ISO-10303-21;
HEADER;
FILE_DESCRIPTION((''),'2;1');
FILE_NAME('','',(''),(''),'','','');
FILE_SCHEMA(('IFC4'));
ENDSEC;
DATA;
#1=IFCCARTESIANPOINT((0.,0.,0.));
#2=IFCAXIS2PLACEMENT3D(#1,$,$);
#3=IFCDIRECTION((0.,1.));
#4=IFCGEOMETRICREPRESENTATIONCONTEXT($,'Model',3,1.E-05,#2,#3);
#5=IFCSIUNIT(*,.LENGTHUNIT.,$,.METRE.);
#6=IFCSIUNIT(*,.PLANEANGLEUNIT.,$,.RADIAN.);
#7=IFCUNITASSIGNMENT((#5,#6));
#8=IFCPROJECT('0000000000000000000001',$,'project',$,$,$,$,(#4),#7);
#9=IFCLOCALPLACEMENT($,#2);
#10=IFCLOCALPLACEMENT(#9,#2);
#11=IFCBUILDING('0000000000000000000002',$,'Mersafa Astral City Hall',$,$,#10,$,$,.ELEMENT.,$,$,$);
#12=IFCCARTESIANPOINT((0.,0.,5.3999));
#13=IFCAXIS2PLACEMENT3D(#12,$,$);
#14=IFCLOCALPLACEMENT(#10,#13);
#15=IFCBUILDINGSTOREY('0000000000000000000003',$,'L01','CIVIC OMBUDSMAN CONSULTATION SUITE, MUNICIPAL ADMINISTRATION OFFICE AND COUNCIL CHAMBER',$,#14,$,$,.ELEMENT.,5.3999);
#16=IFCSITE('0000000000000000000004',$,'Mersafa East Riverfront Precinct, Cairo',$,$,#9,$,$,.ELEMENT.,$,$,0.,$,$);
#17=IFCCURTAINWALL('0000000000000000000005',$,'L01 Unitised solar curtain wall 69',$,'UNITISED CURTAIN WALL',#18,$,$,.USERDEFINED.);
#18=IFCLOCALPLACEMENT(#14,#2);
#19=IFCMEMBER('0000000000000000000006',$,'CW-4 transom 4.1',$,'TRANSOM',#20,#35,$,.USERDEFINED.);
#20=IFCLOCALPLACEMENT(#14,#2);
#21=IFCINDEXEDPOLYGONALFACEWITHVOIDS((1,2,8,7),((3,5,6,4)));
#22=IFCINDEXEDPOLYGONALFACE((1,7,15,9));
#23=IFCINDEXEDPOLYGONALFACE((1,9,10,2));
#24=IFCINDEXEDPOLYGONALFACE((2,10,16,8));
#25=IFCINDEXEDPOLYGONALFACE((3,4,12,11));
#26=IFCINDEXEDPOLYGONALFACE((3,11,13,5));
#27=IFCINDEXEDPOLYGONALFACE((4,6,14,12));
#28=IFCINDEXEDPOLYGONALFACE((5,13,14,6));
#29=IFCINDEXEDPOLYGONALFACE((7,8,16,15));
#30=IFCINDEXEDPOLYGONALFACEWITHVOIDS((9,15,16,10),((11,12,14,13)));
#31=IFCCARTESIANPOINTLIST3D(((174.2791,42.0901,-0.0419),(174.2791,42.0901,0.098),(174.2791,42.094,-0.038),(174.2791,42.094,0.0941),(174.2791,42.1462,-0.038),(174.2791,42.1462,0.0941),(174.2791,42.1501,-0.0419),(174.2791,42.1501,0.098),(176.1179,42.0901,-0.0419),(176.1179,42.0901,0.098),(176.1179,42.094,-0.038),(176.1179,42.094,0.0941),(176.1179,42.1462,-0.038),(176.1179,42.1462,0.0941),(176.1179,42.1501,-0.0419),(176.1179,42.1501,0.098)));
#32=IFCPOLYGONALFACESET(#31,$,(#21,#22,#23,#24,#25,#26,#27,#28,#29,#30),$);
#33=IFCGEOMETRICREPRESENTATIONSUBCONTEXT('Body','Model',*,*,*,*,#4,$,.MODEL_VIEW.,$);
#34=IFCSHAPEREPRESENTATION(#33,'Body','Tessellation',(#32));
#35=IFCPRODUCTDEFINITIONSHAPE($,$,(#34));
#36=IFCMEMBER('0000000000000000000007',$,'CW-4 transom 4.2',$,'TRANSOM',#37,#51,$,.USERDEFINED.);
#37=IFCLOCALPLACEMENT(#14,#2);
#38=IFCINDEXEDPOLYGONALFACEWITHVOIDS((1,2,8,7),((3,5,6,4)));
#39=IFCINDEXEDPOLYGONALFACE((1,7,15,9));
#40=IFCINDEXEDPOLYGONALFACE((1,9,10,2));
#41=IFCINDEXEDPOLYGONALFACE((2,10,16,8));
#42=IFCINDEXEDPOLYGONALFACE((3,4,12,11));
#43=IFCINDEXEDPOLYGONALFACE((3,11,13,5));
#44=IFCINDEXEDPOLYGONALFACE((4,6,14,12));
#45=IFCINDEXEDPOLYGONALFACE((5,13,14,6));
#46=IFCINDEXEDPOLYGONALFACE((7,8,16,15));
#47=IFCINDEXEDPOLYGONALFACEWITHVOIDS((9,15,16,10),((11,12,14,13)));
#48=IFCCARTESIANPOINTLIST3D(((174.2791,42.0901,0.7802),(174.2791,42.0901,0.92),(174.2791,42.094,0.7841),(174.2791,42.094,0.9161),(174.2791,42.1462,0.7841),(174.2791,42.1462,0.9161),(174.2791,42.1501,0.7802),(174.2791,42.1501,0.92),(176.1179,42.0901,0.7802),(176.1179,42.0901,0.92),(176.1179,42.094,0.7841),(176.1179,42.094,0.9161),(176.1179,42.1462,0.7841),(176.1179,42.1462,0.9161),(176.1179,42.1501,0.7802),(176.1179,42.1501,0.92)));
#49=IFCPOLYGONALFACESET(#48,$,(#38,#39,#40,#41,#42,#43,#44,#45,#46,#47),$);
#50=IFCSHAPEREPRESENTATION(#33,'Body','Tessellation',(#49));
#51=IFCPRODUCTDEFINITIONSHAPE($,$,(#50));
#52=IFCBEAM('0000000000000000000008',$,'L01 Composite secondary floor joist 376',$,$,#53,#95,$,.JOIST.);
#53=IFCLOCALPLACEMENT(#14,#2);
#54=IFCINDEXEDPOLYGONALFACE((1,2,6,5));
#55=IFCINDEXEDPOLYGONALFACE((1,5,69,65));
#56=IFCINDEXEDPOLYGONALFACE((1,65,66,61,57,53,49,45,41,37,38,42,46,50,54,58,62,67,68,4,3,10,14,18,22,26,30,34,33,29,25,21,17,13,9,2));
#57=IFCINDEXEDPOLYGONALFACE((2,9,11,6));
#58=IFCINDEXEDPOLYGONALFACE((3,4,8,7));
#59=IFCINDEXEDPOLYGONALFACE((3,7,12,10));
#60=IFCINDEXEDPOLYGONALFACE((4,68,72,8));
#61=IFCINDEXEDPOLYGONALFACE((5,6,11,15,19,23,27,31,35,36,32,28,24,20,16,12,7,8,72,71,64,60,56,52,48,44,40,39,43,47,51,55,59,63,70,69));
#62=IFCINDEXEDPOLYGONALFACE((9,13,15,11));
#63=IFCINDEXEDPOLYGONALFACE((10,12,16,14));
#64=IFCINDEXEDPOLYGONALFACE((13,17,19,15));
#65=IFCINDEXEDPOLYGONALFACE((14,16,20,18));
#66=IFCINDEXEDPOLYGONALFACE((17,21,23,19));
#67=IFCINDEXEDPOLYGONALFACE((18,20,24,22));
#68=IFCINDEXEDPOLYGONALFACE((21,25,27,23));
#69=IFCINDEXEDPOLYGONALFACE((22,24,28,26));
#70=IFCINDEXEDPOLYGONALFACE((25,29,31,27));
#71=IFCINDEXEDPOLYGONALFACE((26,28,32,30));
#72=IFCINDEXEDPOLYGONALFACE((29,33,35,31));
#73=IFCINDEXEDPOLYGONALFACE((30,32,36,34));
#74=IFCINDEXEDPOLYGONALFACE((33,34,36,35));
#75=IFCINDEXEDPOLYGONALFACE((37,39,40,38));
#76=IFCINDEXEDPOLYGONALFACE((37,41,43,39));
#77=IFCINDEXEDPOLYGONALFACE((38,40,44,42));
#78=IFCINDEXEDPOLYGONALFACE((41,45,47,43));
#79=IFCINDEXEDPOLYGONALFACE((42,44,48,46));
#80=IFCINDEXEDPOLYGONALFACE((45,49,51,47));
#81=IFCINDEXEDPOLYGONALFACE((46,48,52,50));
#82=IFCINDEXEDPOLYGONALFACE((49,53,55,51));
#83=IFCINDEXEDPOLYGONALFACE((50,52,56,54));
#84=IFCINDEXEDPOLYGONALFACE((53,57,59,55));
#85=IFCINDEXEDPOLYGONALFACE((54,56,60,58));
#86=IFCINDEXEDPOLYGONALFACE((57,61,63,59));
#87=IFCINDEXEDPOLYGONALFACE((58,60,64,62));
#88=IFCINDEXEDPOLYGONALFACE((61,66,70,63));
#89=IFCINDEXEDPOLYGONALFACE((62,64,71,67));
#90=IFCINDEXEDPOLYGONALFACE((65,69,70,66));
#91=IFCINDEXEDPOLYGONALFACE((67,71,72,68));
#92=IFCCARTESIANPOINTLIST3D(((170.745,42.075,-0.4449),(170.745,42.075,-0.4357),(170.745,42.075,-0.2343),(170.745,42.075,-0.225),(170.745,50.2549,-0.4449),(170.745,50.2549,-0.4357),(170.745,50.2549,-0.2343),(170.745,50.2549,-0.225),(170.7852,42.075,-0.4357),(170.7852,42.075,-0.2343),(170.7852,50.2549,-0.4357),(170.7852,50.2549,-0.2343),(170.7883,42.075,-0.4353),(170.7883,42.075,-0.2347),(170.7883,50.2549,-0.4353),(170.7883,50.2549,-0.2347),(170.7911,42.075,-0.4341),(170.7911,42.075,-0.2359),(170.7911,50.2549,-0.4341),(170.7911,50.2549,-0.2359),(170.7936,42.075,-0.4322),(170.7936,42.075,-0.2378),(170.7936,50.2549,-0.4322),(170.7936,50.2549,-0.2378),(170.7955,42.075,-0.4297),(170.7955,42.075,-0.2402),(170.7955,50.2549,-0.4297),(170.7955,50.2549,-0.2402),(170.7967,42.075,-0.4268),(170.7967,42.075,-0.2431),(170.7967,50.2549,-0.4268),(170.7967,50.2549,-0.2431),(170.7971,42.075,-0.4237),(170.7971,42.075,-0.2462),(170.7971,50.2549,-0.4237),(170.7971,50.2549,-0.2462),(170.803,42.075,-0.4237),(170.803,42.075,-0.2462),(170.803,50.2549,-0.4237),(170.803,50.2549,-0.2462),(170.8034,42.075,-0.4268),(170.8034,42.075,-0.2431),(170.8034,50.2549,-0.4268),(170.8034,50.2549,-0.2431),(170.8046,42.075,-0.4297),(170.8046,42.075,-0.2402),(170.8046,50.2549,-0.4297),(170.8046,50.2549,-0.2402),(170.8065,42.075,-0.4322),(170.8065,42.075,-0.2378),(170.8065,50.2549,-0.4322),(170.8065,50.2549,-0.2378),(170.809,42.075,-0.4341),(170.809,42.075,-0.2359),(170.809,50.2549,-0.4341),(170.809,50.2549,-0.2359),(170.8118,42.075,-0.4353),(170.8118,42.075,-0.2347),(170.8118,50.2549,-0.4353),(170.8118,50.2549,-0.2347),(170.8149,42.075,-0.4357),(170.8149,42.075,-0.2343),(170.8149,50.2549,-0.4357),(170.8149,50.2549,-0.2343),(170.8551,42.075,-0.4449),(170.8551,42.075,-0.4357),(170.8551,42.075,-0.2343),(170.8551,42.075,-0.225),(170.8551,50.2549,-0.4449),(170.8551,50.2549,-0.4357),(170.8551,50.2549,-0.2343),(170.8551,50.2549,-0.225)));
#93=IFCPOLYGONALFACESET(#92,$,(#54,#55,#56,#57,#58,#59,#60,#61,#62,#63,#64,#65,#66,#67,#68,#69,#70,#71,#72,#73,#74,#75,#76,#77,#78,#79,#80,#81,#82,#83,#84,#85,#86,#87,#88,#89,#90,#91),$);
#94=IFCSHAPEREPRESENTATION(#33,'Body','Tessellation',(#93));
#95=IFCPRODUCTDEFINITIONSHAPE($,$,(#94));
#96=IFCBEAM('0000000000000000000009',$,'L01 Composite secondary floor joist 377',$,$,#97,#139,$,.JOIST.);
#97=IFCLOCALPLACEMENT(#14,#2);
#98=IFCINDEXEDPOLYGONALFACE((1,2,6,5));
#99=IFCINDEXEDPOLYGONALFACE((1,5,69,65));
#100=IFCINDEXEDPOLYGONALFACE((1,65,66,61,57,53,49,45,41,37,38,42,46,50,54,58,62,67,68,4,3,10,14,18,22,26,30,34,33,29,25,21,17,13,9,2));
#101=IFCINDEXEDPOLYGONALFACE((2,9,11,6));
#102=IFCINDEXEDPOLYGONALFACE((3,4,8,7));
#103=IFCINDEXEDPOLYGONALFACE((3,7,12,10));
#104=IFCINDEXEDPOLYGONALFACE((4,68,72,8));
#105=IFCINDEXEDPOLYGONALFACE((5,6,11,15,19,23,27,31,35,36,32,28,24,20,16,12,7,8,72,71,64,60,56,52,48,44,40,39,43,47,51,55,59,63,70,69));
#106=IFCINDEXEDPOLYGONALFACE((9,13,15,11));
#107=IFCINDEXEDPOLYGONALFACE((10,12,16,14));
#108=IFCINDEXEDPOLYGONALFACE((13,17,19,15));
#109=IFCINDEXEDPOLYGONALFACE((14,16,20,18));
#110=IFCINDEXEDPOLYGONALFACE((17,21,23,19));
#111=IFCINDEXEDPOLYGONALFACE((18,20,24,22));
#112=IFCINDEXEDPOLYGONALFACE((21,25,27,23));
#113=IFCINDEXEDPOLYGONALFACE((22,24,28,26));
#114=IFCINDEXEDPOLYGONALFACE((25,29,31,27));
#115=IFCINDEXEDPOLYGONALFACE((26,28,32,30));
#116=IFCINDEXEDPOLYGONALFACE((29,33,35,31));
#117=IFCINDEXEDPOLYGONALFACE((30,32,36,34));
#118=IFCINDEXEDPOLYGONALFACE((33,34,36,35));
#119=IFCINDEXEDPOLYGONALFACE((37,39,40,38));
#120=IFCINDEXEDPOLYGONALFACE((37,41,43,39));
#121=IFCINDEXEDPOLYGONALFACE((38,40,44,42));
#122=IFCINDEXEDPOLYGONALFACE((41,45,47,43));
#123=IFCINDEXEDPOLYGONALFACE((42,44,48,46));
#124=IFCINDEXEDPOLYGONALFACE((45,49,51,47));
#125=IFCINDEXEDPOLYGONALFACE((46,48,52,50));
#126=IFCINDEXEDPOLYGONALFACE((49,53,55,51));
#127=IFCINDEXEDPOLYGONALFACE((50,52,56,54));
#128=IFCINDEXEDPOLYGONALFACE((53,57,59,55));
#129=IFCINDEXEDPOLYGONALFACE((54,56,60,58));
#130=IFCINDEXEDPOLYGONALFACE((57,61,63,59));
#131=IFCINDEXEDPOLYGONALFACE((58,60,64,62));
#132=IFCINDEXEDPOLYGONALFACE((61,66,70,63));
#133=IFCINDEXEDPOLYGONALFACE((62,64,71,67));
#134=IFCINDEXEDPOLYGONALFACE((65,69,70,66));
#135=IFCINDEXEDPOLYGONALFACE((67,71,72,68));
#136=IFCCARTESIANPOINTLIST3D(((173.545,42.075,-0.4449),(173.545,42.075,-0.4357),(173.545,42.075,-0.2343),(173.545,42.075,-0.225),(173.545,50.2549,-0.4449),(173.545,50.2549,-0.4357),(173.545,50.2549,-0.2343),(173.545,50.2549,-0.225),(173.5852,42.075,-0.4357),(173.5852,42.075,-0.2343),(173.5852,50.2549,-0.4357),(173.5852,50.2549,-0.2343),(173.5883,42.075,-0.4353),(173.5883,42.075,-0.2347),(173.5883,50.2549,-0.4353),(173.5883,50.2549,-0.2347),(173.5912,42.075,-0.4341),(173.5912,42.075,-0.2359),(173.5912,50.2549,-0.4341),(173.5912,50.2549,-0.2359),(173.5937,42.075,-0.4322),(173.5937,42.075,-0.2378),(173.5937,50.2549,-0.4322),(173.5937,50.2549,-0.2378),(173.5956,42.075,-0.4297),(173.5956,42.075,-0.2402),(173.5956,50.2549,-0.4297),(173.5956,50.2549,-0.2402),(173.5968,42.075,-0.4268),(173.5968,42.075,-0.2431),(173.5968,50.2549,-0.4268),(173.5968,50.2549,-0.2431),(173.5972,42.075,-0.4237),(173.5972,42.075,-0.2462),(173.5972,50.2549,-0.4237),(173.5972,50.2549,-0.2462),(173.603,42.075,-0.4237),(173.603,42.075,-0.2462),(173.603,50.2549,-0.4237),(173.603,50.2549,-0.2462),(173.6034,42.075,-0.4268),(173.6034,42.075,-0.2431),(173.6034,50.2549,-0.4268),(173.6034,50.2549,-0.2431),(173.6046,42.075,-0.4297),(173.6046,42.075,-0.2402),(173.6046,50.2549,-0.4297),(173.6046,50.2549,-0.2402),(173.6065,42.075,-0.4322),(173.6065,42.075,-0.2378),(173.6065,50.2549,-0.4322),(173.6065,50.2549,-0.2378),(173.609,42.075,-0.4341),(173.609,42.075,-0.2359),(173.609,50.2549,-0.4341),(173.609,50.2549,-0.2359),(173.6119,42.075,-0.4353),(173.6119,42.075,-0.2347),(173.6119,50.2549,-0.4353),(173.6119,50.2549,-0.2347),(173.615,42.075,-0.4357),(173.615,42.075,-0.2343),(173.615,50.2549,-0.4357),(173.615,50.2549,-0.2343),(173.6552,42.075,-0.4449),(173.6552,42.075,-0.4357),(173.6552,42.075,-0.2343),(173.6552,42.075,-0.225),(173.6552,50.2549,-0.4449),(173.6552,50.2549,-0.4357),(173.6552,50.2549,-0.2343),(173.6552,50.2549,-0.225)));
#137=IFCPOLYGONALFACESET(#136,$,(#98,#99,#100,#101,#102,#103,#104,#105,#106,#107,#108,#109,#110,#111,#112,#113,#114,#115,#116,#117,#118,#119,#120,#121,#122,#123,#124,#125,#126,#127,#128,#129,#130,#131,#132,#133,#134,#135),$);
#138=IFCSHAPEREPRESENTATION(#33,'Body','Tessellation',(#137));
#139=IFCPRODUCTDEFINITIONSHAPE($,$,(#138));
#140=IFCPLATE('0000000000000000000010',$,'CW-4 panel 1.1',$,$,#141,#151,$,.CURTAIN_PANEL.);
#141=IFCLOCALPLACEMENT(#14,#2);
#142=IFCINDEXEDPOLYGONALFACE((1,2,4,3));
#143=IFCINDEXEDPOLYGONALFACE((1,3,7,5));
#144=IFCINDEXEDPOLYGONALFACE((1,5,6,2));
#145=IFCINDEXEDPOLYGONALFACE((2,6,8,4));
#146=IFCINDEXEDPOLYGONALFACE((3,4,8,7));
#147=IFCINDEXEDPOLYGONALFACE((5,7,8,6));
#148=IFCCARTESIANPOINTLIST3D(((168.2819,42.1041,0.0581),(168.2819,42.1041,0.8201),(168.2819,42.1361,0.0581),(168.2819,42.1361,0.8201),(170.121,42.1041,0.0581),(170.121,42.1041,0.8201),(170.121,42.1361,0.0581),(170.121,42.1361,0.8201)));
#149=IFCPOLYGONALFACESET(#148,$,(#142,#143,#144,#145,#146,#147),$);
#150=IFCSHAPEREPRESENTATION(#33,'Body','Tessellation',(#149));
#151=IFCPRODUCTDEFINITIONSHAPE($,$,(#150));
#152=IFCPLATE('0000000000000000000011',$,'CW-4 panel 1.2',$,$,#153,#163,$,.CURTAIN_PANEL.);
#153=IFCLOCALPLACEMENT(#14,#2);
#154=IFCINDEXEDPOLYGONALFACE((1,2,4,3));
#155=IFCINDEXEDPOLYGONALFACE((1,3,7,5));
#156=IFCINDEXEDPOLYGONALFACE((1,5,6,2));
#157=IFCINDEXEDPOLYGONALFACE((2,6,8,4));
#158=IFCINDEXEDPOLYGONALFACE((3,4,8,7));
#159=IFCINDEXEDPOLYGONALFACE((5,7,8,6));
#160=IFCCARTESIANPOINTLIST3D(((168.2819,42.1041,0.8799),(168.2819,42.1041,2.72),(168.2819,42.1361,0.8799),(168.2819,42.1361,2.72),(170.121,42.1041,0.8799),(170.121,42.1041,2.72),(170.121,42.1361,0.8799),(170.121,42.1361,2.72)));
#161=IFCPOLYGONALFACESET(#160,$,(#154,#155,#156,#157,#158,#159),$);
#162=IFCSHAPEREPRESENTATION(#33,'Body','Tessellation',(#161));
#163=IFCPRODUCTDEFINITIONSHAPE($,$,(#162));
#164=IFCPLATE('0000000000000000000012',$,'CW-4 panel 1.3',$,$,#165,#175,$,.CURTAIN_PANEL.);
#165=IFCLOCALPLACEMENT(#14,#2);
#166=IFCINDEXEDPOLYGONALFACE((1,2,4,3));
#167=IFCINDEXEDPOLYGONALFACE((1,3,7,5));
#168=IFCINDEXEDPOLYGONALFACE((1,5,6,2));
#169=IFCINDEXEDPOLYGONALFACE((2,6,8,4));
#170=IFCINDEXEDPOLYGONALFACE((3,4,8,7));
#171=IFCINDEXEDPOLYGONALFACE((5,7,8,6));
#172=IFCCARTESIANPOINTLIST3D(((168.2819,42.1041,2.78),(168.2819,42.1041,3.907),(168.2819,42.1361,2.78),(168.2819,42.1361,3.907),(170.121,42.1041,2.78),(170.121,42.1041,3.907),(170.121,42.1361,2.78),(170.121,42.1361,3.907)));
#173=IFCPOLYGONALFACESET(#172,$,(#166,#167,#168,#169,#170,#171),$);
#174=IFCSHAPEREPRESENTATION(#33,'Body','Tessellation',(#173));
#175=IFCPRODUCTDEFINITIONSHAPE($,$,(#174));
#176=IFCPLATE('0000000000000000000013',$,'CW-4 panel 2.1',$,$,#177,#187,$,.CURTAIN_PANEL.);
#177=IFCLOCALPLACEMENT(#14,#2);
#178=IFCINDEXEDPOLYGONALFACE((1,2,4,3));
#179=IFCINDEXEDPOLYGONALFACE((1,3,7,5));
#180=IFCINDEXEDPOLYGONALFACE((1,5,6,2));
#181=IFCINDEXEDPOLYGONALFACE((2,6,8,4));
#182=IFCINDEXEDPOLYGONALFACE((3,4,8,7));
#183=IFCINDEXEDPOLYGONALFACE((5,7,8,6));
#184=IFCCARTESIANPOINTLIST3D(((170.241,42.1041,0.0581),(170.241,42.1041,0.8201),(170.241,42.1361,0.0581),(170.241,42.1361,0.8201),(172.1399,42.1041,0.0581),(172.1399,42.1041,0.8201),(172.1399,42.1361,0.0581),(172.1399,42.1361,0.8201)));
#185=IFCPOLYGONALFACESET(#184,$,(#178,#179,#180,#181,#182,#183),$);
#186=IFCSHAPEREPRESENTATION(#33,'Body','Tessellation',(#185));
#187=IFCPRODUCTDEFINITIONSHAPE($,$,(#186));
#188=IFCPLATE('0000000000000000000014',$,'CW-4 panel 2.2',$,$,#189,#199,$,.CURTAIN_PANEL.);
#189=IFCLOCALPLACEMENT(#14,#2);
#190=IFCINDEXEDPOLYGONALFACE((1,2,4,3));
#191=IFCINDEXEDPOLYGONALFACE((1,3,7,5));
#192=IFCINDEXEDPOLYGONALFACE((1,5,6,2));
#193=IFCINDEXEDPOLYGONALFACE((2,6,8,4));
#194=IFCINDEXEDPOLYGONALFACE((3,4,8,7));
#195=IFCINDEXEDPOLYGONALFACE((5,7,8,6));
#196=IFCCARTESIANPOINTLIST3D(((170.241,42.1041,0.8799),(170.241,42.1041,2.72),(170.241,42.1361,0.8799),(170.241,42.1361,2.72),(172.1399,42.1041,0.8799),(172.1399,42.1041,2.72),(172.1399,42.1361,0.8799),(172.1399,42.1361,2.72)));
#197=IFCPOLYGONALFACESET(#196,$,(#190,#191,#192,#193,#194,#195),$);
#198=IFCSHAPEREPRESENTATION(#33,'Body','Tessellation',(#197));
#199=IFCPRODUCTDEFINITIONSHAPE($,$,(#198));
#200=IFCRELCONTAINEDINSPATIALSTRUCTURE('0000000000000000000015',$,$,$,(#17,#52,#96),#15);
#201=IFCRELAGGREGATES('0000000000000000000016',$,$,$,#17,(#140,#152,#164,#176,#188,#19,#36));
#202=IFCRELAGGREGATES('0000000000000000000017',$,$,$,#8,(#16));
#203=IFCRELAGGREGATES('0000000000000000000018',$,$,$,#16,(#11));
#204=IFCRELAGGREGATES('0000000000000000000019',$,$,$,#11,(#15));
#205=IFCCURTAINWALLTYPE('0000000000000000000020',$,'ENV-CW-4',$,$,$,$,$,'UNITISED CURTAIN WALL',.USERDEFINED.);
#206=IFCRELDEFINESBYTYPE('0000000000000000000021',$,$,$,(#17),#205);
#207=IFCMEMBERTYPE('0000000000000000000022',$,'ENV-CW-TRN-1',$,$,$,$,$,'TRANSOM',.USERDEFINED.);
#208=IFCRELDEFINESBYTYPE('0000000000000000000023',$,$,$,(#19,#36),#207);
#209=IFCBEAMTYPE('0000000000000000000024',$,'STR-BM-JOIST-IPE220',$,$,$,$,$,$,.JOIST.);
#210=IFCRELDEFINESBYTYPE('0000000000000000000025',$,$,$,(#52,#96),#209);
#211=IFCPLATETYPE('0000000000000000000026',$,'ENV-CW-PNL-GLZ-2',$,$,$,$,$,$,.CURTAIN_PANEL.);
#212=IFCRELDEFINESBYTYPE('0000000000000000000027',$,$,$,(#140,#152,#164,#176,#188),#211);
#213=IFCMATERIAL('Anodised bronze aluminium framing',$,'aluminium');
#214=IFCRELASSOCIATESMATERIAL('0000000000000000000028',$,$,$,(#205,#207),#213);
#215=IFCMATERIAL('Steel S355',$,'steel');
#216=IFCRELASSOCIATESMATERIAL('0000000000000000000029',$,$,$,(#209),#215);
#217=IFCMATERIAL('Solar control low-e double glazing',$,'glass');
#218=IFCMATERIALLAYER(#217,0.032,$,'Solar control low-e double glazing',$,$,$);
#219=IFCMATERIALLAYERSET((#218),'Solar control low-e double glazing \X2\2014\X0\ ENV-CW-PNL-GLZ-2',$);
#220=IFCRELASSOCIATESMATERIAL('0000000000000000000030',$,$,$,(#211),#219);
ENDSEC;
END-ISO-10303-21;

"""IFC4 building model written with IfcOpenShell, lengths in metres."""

from ifc_helpers import new_model, si_unit, direction, frame, origin, origin_2d, place, context, subcontext, project, spatial, rectangle, hollow_rectangle, i_section, extrude, material, layer, layer_set, material_profile, profile_set, type_object, element, aggregate, save


model = new_model("IFC4")

# Units and contexts
model_context = context("Model", 3, precision=1e-05, world=origin(), true_north=direction((0.0, 1.0)))
body_context = subcontext(model_context, "Body", "Model", "MODEL_VIEW")
ifc_project = project(units=[si_unit("LENGTHUNIT", "METRE"), si_unit("PLANEANGLEUNIT", "RADIAN")], contexts=[model_context])

# Site, building, storey
site_placement = place(None, origin())
site = spatial("IfcSite", under=ifc_project, at=site_placement, Name="Mersafa East Riverfront Precinct, Cairo", CompositionType="ELEMENT", RefElevation=0.0)
building_placement = place(site_placement, origin())
building = spatial("IfcBuilding", under=site, at=building_placement, Name="Mersafa Astral City Hall", CompositionType="ELEMENT")
storey_placement = place(building_placement, frame((0.0, 0.0, 5.3999)))
storey = spatial("IfcBuildingStorey", under=building, at=storey_placement, Name="L01", Description="CIVIC OMBUDSMAN CONSULTATION SUITE, MUNICIPAL ADMINISTRATION OFFICE AND COUNCIL CHAMBER", CompositionType="ELEMENT", Elevation=5.3999)

# Curtain wall, members
ifc_material_1 = material(Name="Anodised bronze aluminium framing", Category="aluminium")
curtain_wall_type = type_object("IfcCurtainWallType", Name="ENV-CW-4", ElementType="UNITISED CURTAIN WALL", PredefinedType="USERDEFINED", material=ifc_material_1)
curtain_wall_placement = place(storey_placement, origin())
curtain_wall = element("IfcCurtainWall", 1, at=curtain_wall_placement, inside=storey, type_object=curtain_wall_type, Name="L01 Unitised solar curtain wall 69", ObjectType="UNITISED CURTAIN WALL", PredefinedType="USERDEFINED")
ifc_material_profile_1 = material_profile(ifc_material_1, hollow_rectangle(XDim=0.0601, YDim=0.1399, WallThickness=0.0039, at=origin_2d()), Name="RHS 60x140x4")
ifc_profile_set_1 = profile_set([ifc_material_profile_1], Name="Anodised bronze aluminium framing")
member_type_1 = type_object("IfcMemberType", Name="ENV-CW-TRN-1", ElementType="TRANSOM", PredefinedType="USERDEFINED", material=ifc_profile_set_1)
member_1_placement = place(storey_placement, frame((174.2791, 42.1201, 0.0281), z_axis=(1.0, 0.0, 0.0), x_axis=(0.0, 1.0, 0.0)))
member_1 = element("IfcMember", 2, at=member_1_placement, type_object=member_type_1, Name="CW-4 transom 4.1", ObjectType="TRANSOM", PredefinedType="USERDEFINED", context=body_context, shape_type="SweptSolid", body=[
    extrude(hollow_rectangle(XDim=0.0601, YDim=0.1399, WallThickness=0.0039, at=origin_2d()), origin(), (0.0, 0.0, 1.0), 1.8389),
])
member_2_placement = place(storey_placement, frame((174.2791, 42.1201, 0.8501), z_axis=(1.0, 0.0, 0.0), x_axis=(0.0, 1.0, 0.0)))
member_2 = element("IfcMember", 3, at=member_2_placement, type_object=member_type_1, Name="CW-4 transom 4.2", ObjectType="TRANSOM", PredefinedType="USERDEFINED", context=body_context, shape_type="SweptSolid", body=[
    extrude(hollow_rectangle(XDim=0.0601, YDim=0.1399, WallThickness=0.0039, at=origin_2d()), origin(), (0.0, 0.0, 1.0), 1.8389),
])

# Beams
ifc_material_2 = material(Name="Steel S355", Category="steel")
ifc_material_profile_2 = material_profile(ifc_material_2, i_section(OverallWidth=0.1101, OverallDepth=0.22, WebThickness=0.0059, FlangeThickness=0.0093, FilletRadius=0.012, at=origin_2d()), Name="IPE 220")
ifc_profile_set_2 = profile_set([ifc_material_profile_2], Name="Steel S355")
beam_type = type_object("IfcBeamType", Name="STR-BM-JOIST-IPE220", PredefinedType="JOIST", material=ifc_profile_set_2)
for number, where, z_axis, x_axis, name in (
    (4, (170.8, 42.075, -0.335), (0.0, 1.0, 0.0), (-1.0, 0.0, 0.0), "L01 Composite secondary floor joist 376"),
    (5, (173.6001, 42.075, -0.335), (0.0, 1.0, 0.0), (-1.0, 0.0, 0.0), "L01 Composite secondary floor joist 377"),
):
    element("IfcBeam", number, at=place(storey_placement, frame(where, z_axis=z_axis, x_axis=x_axis)), inside=storey, type_object=beam_type, Name=name, PredefinedType="JOIST", context=body_context, shape_type="SweptSolid", body=[
        extrude(i_section(OverallWidth=0.1101, OverallDepth=0.22, WebThickness=0.0059, FlangeThickness=0.0093, FilletRadius=0.012, at=origin_2d()), origin(), (0.0, 0.0, 1.0), 8.1799),
    ])

# Plates
ifc_material_3 = material(Name="Solar control low-e double glazing", Category="glass")
ifc_layer = layer(ifc_material_3, 0.032, Name="Solar control low-e double glazing")
ifc_layer_set = layer_set([ifc_layer], Name="Solar control low-e double glazing — ENV-CW-PNL-GLZ-2")
plate_type = type_object("IfcPlateType", Name="ENV-CW-PNL-GLZ-2", PredefinedType="CURTAIN_PANEL", material=ifc_layer_set)
plate_1_placement = place(storey_placement, frame((169.2014, 42.1201, 0.0581), z_axis=(0.0, 0.0, 1.0), x_axis=(1.0, 0.0, 0.0)))
plate_1 = element("IfcPlate", 6, at=plate_1_placement, type_object=plate_type, Name="CW-4 panel 1.1", PredefinedType="CURTAIN_PANEL", context=body_context, shape_type="SweptSolid", body=[
    extrude(rectangle(XDim=1.8391, YDim=0.032, at=origin_2d()), origin(), (0.0, 0.0, 1.0), 0.762),
])
plate_2_placement = place(storey_placement, frame((169.2014, 42.1201, 0.8799), z_axis=(0.0, 0.0, 1.0), x_axis=(1.0, 0.0, 0.0)))
plate_2 = element("IfcPlate", 7, at=plate_2_placement, type_object=plate_type, Name="CW-4 panel 1.2", PredefinedType="CURTAIN_PANEL", context=body_context, shape_type="SweptSolid", body=[
    extrude(rectangle(XDim=1.8391, YDim=0.032, at=origin_2d()), origin(), (0.0, 0.0, 1.0), 1.8401),
])
plate_3_placement = place(storey_placement, frame((169.2014, 42.1201, 2.78), z_axis=(0.0, 0.0, 1.0), x_axis=(1.0, 0.0, 0.0)))
plate_3 = element("IfcPlate", 8, at=plate_3_placement, type_object=plate_type, Name="CW-4 panel 1.3", PredefinedType="CURTAIN_PANEL", context=body_context, shape_type="SweptSolid", body=[
    extrude(rectangle(XDim=1.8391, YDim=0.032, at=origin_2d()), origin(), (0.0, 0.0, 1.0), 1.127),
])
plate_4_placement = place(storey_placement, frame((171.1904, 42.1201, 0.0581), z_axis=(0.0, 0.0, 1.0), x_axis=(1.0, 0.0, 0.0)))
plate_4 = element("IfcPlate", 9, at=plate_4_placement, type_object=plate_type, Name="CW-4 panel 2.1", PredefinedType="CURTAIN_PANEL", context=body_context, shape_type="SweptSolid", body=[
    extrude(rectangle(XDim=1.8989, YDim=0.032, at=origin_2d()), origin(), (0.0, 0.0, 1.0), 0.762),
])
plate_5_placement = place(storey_placement, frame((171.1904, 42.1201, 0.8799), z_axis=(0.0, 0.0, 1.0), x_axis=(1.0, 0.0, 0.0)))
plate_5 = element("IfcPlate", 10, at=plate_5_placement, type_object=plate_type, Name="CW-4 panel 2.2", PredefinedType="CURTAIN_PANEL", context=body_context, shape_type="SweptSolid", body=[
    extrude(rectangle(XDim=1.8989, YDim=0.032, at=origin_2d()), origin(), (0.0, 0.0, 1.0), 1.8401),
])
aggregate(curtain_wall, [plate_1, plate_2, plate_3, plate_4, plate_5, member_1, member_2])

save(model, "model.ifc")
